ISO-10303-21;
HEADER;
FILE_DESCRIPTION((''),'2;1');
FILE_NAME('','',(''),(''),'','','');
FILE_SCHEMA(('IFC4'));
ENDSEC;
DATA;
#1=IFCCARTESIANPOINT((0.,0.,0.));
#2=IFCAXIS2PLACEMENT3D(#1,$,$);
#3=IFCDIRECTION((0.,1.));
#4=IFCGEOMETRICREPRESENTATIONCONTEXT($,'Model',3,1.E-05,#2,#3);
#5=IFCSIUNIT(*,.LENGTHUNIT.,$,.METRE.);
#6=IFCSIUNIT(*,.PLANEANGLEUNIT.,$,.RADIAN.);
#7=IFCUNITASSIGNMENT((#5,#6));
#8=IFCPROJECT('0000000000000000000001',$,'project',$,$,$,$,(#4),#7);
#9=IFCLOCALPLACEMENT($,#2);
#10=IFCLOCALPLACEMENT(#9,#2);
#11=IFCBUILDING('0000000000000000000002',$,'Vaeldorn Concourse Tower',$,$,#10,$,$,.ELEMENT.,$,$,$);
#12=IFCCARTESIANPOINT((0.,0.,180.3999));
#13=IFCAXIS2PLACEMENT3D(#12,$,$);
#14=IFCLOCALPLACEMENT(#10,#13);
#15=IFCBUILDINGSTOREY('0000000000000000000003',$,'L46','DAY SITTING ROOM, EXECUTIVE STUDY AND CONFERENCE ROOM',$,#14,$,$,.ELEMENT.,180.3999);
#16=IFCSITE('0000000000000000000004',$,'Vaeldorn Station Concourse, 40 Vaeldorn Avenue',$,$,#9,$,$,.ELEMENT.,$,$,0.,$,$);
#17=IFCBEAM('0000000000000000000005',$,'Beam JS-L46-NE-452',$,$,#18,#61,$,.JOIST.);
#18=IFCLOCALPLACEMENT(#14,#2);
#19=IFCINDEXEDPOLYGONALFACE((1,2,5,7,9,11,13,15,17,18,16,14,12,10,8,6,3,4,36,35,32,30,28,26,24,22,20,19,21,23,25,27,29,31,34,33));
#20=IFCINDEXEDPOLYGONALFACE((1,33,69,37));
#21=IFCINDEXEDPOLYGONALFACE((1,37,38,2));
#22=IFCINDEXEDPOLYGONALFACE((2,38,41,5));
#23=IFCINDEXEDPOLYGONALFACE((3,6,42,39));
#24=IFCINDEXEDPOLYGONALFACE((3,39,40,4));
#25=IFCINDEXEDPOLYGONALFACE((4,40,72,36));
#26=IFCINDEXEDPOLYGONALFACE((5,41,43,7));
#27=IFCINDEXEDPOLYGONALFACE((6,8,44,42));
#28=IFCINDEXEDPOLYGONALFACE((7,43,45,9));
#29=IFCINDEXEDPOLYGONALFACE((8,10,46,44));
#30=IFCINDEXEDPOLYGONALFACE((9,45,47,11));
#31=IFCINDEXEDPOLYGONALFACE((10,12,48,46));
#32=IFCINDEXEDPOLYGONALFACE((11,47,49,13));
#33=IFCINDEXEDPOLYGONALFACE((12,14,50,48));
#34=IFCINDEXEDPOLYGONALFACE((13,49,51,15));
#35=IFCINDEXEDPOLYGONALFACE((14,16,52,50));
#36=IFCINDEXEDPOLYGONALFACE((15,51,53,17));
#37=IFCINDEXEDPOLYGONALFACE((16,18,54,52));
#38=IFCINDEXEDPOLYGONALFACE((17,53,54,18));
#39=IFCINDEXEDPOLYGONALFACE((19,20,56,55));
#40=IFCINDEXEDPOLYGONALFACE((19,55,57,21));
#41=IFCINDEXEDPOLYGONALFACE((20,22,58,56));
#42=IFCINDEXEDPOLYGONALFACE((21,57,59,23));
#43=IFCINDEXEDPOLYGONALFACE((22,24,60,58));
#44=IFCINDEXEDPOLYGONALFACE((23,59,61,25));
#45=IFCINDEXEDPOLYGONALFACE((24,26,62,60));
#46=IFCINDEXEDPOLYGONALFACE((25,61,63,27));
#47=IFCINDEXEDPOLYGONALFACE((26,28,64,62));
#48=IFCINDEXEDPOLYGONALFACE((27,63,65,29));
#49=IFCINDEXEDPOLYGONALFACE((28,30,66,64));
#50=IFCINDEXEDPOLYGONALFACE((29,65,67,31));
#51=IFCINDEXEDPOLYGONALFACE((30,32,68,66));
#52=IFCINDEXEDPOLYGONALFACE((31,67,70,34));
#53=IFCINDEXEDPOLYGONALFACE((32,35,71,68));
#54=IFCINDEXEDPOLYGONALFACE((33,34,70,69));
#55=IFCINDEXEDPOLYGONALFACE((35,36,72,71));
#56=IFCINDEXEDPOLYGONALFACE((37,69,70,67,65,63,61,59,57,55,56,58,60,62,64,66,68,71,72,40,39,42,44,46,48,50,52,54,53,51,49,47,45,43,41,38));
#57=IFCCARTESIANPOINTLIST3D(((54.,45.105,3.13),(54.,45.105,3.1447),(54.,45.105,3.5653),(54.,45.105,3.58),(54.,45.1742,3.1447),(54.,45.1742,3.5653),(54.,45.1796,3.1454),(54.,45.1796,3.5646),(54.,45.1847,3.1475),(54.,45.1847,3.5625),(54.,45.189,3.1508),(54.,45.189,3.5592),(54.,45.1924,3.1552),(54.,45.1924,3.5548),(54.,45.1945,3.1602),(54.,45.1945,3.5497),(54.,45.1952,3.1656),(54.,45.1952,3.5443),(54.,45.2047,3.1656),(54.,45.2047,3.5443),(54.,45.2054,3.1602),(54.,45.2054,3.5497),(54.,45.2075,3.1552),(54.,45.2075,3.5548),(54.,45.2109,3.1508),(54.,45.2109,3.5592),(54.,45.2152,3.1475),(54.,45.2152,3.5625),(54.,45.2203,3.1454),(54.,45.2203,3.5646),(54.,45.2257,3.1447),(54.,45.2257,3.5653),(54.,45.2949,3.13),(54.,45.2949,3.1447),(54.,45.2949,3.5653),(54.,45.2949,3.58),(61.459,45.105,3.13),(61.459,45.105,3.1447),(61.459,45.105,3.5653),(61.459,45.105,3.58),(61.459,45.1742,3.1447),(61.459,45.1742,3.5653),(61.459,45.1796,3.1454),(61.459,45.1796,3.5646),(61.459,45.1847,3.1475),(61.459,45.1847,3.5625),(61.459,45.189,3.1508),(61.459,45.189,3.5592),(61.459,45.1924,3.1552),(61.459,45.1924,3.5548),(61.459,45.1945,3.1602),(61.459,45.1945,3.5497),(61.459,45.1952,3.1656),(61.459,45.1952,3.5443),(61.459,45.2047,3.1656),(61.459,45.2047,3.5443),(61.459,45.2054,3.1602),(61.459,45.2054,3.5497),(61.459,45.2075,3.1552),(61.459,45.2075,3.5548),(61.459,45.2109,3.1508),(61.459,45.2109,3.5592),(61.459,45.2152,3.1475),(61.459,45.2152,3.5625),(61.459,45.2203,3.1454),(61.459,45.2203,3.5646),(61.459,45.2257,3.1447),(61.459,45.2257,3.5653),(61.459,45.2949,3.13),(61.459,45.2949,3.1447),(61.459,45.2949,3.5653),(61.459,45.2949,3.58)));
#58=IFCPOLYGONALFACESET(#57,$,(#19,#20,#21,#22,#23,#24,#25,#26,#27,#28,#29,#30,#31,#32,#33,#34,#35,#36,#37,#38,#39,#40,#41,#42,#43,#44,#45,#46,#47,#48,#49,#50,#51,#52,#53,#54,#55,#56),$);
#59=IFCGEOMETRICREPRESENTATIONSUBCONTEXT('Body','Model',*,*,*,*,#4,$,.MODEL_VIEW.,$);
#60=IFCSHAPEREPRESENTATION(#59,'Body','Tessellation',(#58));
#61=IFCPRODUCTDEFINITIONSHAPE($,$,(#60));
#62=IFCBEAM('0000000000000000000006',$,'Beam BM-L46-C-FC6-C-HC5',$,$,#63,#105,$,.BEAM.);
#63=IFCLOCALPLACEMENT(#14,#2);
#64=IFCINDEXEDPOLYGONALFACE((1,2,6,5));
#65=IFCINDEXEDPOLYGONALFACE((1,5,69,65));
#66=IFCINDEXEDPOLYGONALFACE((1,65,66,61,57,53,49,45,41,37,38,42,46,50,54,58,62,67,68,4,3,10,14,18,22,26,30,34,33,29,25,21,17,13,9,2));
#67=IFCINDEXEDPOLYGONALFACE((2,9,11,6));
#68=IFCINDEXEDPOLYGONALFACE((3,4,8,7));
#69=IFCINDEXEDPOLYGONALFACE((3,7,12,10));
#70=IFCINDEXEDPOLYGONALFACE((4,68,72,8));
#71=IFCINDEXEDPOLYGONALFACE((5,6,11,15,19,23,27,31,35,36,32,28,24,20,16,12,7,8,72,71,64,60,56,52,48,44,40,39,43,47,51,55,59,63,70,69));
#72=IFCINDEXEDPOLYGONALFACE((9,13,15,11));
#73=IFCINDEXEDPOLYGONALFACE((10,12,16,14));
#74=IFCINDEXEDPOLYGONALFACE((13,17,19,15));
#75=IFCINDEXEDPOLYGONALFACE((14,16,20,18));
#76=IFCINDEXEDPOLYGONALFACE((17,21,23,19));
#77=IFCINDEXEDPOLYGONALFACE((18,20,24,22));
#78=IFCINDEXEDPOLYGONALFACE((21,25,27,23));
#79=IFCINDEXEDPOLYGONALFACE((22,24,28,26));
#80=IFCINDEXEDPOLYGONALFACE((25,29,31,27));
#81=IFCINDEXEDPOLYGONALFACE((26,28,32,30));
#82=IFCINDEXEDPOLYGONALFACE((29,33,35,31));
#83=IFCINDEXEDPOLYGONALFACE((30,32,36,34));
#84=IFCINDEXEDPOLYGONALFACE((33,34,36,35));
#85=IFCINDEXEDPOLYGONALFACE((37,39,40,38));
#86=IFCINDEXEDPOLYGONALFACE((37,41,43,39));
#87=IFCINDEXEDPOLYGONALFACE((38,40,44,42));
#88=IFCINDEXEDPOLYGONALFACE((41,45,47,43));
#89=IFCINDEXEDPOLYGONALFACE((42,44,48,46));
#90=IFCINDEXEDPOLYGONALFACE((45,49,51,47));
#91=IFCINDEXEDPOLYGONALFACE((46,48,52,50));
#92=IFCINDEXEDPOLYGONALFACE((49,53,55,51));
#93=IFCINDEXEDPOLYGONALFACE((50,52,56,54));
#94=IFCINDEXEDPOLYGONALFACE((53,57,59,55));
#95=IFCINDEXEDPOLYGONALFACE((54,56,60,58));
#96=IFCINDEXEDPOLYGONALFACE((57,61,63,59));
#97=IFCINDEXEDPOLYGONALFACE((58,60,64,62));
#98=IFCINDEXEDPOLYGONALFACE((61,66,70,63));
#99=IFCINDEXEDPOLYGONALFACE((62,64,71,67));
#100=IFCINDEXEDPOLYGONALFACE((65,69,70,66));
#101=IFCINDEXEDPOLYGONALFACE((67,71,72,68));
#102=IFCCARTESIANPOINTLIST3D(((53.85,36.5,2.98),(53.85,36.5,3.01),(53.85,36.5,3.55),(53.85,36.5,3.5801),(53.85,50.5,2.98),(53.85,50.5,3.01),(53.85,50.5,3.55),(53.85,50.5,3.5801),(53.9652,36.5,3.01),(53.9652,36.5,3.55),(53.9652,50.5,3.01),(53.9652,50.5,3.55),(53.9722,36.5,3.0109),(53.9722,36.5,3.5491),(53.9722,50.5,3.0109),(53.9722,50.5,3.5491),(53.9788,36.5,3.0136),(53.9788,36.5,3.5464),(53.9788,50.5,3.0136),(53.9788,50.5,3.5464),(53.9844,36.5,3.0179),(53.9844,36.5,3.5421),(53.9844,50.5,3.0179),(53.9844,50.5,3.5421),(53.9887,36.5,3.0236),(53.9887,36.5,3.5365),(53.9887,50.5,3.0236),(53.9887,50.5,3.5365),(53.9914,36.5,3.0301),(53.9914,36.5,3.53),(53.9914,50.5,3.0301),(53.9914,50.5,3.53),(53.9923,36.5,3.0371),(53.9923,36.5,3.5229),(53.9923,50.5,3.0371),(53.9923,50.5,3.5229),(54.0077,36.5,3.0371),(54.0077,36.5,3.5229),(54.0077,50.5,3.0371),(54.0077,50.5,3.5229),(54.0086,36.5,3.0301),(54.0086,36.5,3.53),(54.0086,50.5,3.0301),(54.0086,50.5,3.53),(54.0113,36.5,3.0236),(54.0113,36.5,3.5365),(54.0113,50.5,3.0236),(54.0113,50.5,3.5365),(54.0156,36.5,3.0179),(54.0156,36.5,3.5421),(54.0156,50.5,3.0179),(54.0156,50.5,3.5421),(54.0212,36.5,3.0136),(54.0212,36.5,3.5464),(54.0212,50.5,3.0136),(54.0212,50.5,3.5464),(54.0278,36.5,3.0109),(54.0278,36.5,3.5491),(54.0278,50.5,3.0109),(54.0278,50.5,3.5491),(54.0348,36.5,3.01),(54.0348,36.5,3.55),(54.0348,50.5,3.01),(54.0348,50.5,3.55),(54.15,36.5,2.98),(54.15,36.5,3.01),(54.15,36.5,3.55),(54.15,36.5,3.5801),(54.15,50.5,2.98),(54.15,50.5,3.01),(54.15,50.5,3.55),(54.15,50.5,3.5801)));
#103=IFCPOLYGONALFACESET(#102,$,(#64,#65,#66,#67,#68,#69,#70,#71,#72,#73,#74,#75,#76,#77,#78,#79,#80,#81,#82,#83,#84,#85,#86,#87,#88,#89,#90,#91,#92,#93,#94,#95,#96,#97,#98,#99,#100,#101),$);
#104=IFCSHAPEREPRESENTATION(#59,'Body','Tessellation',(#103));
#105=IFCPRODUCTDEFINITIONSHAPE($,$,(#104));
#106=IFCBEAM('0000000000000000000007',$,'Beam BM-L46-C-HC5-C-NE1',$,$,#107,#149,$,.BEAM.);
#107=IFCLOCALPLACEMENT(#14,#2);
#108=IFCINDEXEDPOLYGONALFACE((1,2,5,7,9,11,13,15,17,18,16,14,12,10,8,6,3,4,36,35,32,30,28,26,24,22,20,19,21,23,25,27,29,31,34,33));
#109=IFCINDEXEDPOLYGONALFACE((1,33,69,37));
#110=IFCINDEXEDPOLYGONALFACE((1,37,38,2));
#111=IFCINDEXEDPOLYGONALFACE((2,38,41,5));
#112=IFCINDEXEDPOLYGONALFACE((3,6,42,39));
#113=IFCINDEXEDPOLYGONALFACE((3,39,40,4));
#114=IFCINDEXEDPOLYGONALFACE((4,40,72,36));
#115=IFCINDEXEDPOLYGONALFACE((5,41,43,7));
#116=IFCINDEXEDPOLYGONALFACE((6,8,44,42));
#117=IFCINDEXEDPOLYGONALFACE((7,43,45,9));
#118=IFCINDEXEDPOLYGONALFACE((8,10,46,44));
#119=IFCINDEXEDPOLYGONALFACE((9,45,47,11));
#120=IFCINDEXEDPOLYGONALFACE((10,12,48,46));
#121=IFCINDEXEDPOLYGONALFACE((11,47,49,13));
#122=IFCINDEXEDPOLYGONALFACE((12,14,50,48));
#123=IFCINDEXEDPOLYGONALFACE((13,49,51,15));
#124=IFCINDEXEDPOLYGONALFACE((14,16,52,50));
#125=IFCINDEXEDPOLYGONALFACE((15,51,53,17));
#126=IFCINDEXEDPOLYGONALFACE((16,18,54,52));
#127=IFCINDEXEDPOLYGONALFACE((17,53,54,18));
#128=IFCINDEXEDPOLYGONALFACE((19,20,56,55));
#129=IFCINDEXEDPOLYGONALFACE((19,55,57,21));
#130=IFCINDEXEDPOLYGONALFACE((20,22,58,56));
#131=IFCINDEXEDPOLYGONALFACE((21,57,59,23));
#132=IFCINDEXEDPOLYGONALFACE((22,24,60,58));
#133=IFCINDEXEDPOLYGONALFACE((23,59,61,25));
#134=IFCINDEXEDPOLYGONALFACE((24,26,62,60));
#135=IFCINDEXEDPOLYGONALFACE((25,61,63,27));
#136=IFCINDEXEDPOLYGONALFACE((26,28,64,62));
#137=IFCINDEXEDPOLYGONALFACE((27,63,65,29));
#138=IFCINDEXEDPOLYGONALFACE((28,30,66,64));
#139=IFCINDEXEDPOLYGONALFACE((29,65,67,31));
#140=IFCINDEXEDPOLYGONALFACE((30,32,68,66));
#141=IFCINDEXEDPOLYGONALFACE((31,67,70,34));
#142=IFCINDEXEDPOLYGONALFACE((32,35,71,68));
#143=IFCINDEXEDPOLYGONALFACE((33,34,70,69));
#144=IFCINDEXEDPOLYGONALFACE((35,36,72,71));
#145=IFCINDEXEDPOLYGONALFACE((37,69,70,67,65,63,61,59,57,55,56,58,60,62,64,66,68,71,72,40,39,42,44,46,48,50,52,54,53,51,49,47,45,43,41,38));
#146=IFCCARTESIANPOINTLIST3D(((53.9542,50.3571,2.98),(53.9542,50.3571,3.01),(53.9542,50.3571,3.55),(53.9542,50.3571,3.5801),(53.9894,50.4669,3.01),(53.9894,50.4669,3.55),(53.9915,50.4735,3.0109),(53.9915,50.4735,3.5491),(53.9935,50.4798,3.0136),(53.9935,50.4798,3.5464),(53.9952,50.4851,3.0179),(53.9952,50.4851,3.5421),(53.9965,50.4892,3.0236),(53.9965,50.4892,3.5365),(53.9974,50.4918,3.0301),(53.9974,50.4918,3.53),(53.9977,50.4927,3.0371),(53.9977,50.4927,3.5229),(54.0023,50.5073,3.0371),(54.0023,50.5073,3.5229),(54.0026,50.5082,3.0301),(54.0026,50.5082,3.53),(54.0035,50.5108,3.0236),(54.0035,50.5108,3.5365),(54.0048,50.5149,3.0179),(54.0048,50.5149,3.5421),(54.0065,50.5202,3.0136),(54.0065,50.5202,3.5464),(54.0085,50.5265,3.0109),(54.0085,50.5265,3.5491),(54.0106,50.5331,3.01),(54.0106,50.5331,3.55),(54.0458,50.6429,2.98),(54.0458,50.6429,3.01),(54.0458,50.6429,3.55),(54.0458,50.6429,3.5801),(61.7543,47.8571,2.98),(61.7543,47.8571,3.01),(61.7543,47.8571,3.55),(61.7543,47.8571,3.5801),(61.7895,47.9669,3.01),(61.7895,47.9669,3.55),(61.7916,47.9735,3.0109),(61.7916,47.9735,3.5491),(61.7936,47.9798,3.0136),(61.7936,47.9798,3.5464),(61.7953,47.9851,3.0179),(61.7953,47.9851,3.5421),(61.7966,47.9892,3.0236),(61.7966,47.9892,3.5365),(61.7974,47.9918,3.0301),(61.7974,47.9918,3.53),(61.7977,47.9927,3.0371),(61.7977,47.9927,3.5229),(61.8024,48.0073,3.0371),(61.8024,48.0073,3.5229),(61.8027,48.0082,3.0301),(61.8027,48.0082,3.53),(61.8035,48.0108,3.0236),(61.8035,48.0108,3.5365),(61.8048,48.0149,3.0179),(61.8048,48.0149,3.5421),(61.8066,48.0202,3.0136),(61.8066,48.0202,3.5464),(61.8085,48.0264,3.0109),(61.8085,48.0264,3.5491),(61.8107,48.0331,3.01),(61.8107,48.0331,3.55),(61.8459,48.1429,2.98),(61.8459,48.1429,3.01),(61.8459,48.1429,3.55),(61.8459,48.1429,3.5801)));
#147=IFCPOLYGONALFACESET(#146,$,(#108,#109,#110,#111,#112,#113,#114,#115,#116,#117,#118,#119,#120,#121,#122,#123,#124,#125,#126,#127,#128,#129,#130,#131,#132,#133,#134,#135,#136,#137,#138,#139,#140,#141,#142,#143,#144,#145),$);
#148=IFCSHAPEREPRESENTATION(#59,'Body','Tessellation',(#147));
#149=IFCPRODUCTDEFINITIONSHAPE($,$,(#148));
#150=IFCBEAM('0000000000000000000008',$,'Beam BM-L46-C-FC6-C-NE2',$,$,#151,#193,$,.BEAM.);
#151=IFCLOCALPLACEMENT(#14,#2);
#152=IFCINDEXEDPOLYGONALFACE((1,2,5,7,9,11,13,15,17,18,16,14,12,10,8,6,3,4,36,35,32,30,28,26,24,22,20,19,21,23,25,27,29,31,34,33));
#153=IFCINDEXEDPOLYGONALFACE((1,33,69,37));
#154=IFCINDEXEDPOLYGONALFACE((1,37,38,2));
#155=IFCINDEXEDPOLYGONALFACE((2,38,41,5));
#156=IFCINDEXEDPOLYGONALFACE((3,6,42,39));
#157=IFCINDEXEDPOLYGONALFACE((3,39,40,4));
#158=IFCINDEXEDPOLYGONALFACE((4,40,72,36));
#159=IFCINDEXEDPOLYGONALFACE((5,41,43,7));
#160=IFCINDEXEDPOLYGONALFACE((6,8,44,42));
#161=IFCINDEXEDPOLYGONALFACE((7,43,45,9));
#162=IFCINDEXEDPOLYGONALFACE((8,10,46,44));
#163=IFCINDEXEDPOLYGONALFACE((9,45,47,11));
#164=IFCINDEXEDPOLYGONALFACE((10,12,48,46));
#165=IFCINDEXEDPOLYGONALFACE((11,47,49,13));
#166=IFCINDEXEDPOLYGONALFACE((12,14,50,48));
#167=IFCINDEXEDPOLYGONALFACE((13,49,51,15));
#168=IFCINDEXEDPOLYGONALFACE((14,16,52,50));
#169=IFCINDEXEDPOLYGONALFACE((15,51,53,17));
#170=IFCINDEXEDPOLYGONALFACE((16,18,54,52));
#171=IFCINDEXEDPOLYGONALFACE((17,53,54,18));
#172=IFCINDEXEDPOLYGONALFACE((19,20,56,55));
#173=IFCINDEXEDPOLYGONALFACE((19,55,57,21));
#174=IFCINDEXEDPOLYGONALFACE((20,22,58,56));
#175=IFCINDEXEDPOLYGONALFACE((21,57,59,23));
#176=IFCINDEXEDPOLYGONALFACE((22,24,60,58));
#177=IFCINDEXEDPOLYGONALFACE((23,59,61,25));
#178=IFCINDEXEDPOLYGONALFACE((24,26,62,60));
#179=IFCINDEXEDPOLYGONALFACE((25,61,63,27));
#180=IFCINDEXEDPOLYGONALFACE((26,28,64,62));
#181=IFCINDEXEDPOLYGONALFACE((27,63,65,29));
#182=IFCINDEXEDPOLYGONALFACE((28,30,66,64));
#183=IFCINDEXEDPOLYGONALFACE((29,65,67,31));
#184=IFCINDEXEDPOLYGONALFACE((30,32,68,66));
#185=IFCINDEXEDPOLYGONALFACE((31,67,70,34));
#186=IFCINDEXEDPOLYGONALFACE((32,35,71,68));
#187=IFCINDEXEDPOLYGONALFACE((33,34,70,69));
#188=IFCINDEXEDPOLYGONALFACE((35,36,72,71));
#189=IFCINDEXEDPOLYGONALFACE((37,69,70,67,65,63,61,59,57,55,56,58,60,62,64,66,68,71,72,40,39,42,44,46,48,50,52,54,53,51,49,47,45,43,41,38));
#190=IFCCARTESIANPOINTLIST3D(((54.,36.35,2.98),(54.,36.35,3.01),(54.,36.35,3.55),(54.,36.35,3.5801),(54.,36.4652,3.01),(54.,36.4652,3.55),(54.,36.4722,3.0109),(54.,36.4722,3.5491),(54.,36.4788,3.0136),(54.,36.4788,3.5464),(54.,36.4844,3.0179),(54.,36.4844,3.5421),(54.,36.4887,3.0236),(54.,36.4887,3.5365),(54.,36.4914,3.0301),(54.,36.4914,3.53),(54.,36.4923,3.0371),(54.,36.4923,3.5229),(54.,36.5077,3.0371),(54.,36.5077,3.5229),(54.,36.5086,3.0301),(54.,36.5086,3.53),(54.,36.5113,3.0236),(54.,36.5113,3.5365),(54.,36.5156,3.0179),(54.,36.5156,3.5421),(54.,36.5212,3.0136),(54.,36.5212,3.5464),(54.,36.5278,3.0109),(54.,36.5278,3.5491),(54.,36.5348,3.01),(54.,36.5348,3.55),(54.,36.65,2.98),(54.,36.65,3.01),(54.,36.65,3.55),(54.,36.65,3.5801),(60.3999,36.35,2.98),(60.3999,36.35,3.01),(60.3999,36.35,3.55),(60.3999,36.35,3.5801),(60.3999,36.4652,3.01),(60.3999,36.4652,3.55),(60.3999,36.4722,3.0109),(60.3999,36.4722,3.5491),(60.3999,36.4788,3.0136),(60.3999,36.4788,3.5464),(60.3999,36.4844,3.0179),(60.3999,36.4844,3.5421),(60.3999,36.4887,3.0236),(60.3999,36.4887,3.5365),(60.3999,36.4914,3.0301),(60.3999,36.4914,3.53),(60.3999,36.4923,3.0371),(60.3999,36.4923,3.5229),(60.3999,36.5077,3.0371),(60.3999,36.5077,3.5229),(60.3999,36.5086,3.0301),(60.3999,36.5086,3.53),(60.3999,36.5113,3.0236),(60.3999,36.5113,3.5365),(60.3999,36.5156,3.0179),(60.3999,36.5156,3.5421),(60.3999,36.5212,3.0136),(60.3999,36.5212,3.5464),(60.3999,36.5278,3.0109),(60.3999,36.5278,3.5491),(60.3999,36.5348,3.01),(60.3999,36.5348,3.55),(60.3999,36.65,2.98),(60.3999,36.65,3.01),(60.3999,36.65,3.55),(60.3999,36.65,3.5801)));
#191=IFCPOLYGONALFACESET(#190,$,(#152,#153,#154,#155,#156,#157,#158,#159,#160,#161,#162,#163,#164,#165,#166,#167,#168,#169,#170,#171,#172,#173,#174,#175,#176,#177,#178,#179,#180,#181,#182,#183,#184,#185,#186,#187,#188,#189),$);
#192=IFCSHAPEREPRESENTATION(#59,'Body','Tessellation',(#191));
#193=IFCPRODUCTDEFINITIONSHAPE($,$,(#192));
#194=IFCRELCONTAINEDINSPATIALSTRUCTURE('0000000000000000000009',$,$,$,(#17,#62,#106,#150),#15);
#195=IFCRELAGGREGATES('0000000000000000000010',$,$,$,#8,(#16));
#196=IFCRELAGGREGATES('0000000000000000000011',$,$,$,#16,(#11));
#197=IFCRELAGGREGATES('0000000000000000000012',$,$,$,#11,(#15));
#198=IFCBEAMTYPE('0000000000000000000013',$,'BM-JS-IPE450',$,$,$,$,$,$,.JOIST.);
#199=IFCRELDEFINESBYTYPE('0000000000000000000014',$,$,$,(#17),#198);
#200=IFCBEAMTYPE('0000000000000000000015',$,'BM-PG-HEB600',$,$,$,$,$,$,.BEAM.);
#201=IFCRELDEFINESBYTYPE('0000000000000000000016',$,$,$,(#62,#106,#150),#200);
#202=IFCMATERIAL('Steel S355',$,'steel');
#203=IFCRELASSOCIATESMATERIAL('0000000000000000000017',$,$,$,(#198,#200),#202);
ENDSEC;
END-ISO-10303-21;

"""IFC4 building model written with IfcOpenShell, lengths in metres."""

from ifc_helpers import new_model, si_unit, direction, frame, origin, origin_2d, place, context, subcontext, project, spatial, i_section, extrude, source, transform, mapped, material, material_profile, profile_set, type_object, element, save


model = new_model("IFC4")

# Units and contexts
model_context = context("Model", 3, precision=1e-05, world=origin(), true_north=direction((0.0, 1.0)))
body_context = subcontext(model_context, "Body", "Model", "MODEL_VIEW")
ifc_project = project(units=[si_unit("LENGTHUNIT", "METRE"), si_unit("PLANEANGLEUNIT", "RADIAN")], contexts=[model_context])

# Site, building, storey
site_placement = place(None, origin())
site = spatial("IfcSite", under=ifc_project, at=site_placement, Name="Vaeldorn Station Concourse, 40 Vaeldorn Avenue", CompositionType="ELEMENT", RefElevation=0.0)
building_placement = place(site_placement, origin())
building = spatial("IfcBuilding", under=site, at=building_placement, Name="Vaeldorn Concourse Tower", CompositionType="ELEMENT")
storey_placement = place(building_placement, frame((0.0, 0.0, 180.3999)))
storey = spatial("IfcBuildingStorey", under=building, at=storey_placement, Name="L46", Description="DAY SITTING ROOM, EXECUTIVE STUDY AND CONFERENCE ROOM", CompositionType="ELEMENT", Elevation=180.3999)

# Beams
ifc_material_1 = material(Name="Steel S355", Category="steel")
ifc_material_profile_1 = material_profile(ifc_material_1, i_section(OverallWidth=0.1899, OverallDepth=0.45, WebThickness=0.0095, FlangeThickness=0.0146, FilletRadius=0.021, at=origin_2d()), Name="IPE 450")
ifc_profile_set_1 = profile_set([ifc_material_profile_1], Name="Steel S355")
beam_type_1 = type_object("IfcBeamType", Name="BM-JS-IPE450", PredefinedType="JOIST", material=ifc_profile_set_1)
shared_shape_1 = source(origin(), body_context, "Body", "SweptSolid", [
    extrude(i_section(OverallWidth=0.1899, OverallDepth=0.45, WebThickness=0.0095, FlangeThickness=0.0146, FilletRadius=0.021, at=origin_2d()), origin(), (0.0, 0.0, 1.0), 7.459),
])
beam_1_placement = place(storey_placement, frame((54.0, 45.2, 3.355), z_axis=(1.0, 0.0, 0.0), x_axis=(0.0, 1.0, 0.0)))
element("IfcBeam", 1, at=beam_1_placement, inside=storey, type_object=beam_type_1, Name="Beam JS-L46-NE-452", PredefinedType="JOIST", context=body_context, shape_type="MappedRepresentation", body=[
    mapped(shared_shape_1, transform((0.0, 0.0, 0.0), scale=1.0)),
])
ifc_material_profile_2 = material_profile(ifc_material_1, i_section(OverallWidth=0.3, OverallDepth=0.6001, WebThickness=0.0154, FlangeThickness=0.03, FilletRadius=0.0271, at=origin_2d()), Name="HEB 600")
ifc_profile_set_2 = profile_set([ifc_material_profile_2], Name="Steel S355")
beam_type_2 = type_object("IfcBeamType", Name="BM-PG-HEB600", PredefinedType="BEAM", material=ifc_profile_set_2)
shared_shape_2 = source(origin(), body_context, "Body", "SweptSolid", [
    extrude(i_section(OverallWidth=0.3, OverallDepth=0.6001, WebThickness=0.0154, FlangeThickness=0.03, FilletRadius=0.0271, at=origin_2d()), origin(), (0.0, 0.0, 1.0), 14.0),
])
beam_2_placement = place(storey_placement, frame((54.0, 36.5, 3.28), z_axis=(0.0, 1.0, 0.0), x_axis=(-1.0, 0.0, 0.0)))
element("IfcBeam", 2, at=beam_2_placement, inside=storey, type_object=beam_type_2, Name="Beam BM-L46-C-FC6-C-HC5", PredefinedType="BEAM", context=body_context, shape_type="MappedRepresentation", body=[
    mapped(shared_shape_2, transform((0.0, 0.0, 0.0), scale=1.0)),
])
shared_shape_3 = source(origin(), body_context, "Body", "SweptSolid", [
    extrude(i_section(OverallWidth=0.3, OverallDepth=0.6001, WebThickness=0.0154, FlangeThickness=0.03, FilletRadius=0.0271, at=origin_2d()), origin(), (0.0, 0.0, 1.0), 8.1909),
])
beam_3_placement = place(storey_placement, frame((54.0, 50.5, 3.28), z_axis=(0.952283, -0.305217, 0.0), x_axis=(0.305217, 0.952283, 0.0)))
element("IfcBeam", 3, at=beam_3_placement, inside=storey, type_object=beam_type_2, Name="Beam BM-L46-C-HC5-C-NE1", PredefinedType="BEAM", context=body_context, shape_type="MappedRepresentation", body=[
    mapped(shared_shape_3, transform((0.0, 0.0, 0.0), scale=1.0)),
])
shared_shape_4 = source(origin(), body_context, "Body", "SweptSolid", [
    extrude(i_section(OverallWidth=0.3, OverallDepth=0.6001, WebThickness=0.0154, FlangeThickness=0.03, FilletRadius=0.0271, at=origin_2d()), origin(), (0.0, 0.0, 1.0), 6.3999),
])
beam_4_placement = place(storey_placement, frame((54.0, 36.5, 3.28), z_axis=(1.0, 0.0, 0.0), x_axis=(0.0, 1.0, 0.0)))
element("IfcBeam", 4, at=beam_4_placement, inside=storey, type_object=beam_type_2, Name="Beam BM-L46-C-FC6-C-NE2", PredefinedType="BEAM", context=body_context, shape_type="MappedRepresentation", body=[
    mapped(shared_shape_4, transform((0.0, 0.0, 0.0), scale=1.0)),
])

save(model, "model.ifc")
